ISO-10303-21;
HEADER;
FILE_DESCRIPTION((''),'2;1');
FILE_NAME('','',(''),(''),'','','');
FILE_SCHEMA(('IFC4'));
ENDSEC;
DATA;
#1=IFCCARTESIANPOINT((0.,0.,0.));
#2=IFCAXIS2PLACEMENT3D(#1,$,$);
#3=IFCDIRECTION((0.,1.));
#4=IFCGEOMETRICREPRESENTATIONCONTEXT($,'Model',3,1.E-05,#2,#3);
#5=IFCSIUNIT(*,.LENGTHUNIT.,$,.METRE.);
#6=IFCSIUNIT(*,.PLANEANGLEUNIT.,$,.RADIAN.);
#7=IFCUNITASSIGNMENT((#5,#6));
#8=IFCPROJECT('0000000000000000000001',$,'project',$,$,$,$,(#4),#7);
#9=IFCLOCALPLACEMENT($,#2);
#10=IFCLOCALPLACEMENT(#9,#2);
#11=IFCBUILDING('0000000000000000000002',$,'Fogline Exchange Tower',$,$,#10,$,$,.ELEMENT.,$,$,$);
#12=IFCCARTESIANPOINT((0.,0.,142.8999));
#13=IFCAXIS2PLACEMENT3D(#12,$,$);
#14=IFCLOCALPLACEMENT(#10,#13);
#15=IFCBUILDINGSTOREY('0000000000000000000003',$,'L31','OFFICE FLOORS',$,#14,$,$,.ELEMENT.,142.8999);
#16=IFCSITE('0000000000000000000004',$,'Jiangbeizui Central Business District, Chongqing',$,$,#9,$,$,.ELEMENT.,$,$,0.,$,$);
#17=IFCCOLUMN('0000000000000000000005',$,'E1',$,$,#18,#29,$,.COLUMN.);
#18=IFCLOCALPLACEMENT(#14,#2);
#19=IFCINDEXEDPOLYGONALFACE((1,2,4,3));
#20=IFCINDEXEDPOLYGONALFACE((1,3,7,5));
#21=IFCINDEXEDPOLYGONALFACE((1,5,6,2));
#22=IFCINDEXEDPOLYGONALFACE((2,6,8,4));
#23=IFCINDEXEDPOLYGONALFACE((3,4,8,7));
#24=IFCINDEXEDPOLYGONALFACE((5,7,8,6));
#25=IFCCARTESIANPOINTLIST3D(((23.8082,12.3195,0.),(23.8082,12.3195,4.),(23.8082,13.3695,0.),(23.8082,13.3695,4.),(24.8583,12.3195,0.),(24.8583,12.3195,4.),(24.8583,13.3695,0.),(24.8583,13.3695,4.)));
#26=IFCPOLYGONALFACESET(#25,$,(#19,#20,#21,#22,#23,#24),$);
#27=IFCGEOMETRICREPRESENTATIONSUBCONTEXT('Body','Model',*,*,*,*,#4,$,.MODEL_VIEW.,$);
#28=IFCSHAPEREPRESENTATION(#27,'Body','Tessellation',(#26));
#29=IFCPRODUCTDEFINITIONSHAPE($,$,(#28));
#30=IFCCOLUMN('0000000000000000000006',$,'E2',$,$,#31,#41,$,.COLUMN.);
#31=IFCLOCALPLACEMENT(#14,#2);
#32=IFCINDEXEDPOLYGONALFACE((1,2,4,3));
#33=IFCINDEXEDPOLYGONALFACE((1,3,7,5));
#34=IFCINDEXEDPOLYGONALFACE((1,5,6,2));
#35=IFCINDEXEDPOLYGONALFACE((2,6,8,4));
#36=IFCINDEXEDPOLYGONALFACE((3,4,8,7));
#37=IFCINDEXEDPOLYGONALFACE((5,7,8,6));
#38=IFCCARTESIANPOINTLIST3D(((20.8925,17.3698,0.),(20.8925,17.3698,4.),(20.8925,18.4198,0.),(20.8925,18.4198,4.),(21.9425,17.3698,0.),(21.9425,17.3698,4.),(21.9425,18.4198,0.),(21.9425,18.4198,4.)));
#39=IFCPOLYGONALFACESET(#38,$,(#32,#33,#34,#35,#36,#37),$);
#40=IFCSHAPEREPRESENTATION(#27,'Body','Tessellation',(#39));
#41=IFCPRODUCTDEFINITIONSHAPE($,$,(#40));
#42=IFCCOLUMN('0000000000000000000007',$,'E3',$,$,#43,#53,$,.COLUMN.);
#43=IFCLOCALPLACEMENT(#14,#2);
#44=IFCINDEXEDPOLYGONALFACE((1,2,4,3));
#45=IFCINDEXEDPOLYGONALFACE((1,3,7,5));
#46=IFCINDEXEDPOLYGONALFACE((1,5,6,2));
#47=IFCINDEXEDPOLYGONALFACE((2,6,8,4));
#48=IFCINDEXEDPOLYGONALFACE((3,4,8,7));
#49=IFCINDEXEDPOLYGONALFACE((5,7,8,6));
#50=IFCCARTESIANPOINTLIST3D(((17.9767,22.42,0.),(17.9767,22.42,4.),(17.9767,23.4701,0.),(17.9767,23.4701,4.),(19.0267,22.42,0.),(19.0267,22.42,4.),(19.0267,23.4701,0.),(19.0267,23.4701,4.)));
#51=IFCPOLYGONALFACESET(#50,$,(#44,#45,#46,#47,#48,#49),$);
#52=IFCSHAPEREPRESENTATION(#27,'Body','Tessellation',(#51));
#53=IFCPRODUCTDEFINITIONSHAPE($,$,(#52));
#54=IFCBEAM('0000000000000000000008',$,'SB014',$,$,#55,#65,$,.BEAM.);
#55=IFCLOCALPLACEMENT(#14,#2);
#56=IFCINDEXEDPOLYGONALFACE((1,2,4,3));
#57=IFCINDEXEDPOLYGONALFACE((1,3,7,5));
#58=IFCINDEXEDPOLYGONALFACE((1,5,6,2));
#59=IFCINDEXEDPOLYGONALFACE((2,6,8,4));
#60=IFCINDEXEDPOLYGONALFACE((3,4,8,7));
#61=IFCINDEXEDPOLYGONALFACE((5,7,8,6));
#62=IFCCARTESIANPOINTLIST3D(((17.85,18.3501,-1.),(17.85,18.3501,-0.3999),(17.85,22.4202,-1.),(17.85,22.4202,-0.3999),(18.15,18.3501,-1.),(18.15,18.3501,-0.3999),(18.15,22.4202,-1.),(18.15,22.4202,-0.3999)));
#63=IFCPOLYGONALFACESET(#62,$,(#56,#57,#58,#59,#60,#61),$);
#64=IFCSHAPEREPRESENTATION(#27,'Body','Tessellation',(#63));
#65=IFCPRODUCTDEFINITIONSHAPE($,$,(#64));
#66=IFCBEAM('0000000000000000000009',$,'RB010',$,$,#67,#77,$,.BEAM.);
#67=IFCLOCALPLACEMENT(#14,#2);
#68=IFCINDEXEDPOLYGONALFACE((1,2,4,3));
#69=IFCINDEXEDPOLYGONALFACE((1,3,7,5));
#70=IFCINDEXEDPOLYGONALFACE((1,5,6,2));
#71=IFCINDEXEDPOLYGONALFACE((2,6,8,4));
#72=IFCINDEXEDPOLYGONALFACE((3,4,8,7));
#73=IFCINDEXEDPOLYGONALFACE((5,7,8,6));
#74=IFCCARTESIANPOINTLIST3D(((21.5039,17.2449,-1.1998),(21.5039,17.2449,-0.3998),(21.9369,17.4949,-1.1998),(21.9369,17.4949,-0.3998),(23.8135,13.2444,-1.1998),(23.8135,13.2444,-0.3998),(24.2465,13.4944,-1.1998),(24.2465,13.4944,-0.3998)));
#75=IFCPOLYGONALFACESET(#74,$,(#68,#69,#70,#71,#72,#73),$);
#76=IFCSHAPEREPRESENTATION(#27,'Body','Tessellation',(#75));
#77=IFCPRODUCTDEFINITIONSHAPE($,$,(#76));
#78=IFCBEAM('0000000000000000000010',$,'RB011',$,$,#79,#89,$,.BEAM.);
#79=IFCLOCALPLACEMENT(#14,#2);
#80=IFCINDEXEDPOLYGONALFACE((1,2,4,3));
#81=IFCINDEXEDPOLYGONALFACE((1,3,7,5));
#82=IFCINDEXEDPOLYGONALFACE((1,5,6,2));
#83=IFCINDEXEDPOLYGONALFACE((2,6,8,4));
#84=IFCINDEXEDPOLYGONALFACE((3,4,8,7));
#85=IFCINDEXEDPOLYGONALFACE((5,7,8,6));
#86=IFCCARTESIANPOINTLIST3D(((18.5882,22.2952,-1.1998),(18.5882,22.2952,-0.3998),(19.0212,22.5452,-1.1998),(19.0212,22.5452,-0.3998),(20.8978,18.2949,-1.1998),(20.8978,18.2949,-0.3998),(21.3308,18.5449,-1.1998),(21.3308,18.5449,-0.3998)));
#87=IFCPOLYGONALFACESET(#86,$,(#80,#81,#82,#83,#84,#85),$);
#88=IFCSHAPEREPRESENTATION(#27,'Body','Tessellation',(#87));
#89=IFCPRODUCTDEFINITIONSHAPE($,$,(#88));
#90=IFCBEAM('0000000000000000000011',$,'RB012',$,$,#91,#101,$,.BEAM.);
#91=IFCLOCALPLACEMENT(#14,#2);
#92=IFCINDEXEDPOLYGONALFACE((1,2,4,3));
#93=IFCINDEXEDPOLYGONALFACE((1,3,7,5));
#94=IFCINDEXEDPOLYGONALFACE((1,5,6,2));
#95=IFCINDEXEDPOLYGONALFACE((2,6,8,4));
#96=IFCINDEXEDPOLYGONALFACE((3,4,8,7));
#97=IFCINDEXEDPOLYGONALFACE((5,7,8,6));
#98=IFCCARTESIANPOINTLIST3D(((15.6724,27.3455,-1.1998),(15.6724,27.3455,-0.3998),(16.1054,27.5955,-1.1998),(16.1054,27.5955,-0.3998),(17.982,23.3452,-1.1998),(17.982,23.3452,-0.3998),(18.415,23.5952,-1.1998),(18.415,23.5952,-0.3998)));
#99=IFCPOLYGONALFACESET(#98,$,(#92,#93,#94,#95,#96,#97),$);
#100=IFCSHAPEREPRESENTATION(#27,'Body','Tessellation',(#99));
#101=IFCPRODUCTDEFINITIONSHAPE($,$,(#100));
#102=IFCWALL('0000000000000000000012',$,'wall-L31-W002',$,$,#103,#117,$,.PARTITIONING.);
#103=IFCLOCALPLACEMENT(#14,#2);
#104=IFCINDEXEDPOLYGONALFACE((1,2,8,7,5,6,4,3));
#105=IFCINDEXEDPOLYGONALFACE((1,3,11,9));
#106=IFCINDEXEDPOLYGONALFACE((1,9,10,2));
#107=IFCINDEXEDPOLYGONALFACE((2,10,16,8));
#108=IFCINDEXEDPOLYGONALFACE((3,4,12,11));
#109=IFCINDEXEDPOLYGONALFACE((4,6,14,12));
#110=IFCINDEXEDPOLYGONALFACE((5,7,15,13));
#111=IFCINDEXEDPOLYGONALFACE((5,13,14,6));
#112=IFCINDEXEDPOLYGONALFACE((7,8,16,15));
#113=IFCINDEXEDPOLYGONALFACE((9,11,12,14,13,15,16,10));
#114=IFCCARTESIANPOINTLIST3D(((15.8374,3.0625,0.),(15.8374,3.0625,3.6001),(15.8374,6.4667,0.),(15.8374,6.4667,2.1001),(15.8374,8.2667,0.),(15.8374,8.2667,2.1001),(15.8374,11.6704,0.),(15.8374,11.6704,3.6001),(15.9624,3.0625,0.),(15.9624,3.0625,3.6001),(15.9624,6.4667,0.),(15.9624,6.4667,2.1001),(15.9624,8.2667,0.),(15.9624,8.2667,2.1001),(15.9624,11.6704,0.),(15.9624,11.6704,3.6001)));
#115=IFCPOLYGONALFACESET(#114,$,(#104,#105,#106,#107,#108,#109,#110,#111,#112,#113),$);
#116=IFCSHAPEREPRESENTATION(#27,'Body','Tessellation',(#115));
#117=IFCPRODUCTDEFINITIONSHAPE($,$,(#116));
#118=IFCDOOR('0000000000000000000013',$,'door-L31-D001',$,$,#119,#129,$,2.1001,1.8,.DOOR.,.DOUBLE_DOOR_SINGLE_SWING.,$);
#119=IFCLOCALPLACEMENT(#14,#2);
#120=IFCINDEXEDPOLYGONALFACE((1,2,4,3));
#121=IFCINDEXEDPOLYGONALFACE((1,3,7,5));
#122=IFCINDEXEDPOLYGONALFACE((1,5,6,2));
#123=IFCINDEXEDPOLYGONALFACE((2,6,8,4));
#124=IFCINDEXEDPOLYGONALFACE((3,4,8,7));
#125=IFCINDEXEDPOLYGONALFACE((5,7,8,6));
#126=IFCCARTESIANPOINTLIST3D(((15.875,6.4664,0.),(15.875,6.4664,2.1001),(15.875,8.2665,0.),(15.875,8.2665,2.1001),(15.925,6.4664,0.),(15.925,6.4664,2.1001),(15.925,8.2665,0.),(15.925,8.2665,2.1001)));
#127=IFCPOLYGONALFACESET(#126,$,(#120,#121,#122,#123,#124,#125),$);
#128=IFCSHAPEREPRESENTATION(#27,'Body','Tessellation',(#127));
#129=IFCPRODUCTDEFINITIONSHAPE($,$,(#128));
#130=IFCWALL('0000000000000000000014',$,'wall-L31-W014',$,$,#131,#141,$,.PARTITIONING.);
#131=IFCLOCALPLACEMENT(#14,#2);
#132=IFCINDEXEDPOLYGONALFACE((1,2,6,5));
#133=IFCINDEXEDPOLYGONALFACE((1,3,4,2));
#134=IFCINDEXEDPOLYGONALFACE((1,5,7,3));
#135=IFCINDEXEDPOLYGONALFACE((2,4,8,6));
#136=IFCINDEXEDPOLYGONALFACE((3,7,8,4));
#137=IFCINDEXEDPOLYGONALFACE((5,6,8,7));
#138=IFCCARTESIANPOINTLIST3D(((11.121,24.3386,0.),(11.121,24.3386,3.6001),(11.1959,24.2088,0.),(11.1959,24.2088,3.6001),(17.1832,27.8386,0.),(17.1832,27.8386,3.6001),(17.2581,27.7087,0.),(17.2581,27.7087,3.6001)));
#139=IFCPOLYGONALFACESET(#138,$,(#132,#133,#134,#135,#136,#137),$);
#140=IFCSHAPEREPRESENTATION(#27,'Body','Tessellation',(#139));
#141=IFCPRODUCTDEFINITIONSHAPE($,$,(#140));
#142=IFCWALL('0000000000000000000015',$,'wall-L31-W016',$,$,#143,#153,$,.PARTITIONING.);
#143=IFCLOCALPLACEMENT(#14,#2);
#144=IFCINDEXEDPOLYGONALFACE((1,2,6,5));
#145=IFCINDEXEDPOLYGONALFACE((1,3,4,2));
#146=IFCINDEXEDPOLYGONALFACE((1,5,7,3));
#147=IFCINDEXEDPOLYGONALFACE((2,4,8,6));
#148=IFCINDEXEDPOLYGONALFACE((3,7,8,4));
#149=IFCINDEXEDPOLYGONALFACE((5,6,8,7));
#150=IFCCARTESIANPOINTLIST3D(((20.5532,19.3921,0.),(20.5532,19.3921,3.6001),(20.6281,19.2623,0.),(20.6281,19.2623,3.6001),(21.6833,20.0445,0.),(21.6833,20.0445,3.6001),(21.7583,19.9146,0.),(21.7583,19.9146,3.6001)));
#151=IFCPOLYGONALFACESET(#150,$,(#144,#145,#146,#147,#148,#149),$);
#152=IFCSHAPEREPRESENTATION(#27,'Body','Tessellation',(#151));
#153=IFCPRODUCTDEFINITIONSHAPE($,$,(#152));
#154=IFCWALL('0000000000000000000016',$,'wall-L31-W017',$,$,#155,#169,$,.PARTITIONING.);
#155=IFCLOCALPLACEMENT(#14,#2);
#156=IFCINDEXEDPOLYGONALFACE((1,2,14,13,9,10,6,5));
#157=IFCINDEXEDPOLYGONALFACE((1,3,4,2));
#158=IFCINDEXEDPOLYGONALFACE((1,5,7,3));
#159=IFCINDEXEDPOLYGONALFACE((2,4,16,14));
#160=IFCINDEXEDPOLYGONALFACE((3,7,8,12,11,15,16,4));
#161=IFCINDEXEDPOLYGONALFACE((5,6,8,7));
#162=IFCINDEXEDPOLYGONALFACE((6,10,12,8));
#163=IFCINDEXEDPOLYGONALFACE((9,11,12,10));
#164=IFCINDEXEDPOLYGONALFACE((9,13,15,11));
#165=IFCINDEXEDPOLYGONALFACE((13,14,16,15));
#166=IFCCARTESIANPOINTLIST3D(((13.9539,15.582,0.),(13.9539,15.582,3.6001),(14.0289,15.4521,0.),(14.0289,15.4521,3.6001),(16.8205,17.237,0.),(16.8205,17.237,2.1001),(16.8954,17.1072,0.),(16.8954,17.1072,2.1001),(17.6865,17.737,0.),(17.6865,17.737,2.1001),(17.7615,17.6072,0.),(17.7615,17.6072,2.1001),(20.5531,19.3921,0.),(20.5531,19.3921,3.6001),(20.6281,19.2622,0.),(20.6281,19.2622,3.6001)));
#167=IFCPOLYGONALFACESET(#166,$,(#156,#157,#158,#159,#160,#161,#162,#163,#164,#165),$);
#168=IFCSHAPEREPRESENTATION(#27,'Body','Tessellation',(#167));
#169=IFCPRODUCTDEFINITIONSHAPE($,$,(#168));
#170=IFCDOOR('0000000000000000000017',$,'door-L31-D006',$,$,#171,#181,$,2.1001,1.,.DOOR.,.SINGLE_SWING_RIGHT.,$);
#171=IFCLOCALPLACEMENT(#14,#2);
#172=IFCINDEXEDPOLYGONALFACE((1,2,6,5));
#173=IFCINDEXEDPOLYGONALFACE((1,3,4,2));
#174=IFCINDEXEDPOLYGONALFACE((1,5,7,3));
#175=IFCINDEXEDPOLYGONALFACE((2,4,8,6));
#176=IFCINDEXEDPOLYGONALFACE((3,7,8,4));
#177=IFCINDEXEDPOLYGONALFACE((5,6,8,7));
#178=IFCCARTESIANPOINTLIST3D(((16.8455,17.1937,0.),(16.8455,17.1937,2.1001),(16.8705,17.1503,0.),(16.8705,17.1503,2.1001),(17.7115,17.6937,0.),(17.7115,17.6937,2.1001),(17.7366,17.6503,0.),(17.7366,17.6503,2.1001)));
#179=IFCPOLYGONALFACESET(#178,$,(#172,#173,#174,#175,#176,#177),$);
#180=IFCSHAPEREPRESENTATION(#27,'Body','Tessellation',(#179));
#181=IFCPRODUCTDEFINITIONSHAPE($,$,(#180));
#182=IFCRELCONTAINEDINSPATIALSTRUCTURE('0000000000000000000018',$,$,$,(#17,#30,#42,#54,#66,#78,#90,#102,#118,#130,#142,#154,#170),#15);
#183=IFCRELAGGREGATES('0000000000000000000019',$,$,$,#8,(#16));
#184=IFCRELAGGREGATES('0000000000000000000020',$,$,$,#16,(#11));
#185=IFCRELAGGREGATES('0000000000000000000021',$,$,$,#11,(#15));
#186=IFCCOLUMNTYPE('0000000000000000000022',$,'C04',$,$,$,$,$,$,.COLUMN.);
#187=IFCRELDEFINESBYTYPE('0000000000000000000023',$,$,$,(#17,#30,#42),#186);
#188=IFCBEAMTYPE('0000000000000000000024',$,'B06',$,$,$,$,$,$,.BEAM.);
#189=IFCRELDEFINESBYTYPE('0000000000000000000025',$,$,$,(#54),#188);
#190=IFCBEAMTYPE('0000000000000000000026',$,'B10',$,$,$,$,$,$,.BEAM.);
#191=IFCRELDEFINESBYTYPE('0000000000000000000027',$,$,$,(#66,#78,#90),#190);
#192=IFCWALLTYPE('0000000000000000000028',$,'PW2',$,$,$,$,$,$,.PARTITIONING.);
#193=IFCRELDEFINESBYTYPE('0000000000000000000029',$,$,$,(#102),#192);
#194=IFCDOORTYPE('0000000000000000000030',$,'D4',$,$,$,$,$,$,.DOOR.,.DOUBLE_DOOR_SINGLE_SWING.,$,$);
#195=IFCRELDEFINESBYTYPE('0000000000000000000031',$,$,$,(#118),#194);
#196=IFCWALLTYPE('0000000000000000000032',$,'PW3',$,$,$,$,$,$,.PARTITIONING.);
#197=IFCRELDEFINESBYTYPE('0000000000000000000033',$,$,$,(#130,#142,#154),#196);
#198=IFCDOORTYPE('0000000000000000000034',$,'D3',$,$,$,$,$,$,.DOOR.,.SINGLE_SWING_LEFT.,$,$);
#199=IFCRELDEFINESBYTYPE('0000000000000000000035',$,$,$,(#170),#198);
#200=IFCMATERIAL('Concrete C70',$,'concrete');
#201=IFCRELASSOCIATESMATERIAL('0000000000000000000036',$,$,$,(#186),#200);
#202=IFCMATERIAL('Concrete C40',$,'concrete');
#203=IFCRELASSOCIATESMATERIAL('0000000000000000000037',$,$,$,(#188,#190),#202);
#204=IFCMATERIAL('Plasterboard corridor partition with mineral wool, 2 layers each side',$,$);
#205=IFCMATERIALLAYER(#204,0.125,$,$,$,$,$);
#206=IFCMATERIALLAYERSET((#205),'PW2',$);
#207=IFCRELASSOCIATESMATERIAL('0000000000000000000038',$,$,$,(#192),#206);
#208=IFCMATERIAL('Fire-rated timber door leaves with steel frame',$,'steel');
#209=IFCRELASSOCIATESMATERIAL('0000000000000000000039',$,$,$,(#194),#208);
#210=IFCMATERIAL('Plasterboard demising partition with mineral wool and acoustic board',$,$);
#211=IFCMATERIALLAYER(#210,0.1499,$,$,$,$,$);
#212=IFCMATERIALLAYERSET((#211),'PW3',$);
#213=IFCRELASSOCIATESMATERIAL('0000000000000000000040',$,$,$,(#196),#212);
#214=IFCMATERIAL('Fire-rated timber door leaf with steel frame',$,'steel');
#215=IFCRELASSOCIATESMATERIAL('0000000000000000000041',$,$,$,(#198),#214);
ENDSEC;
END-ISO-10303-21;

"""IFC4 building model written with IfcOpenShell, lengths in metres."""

from ifc_helpers import new_model, si_unit, direction, frame, frame_2d, origin, origin_2d, place, context, subcontext, project, spatial, rectangle, extrude, material, layer, layer_set, material_profile, profile_set, type_object, element, fill, save


model = new_model("IFC4")

# Units and contexts
model_context = context("Model", 3, precision=1e-05, world=origin(), true_north=direction((0.0, 1.0)))
body_context = subcontext(model_context, "Body", "Model", "MODEL_VIEW")
ifc_project = project(units=[si_unit("LENGTHUNIT", "METRE"), si_unit("PLANEANGLEUNIT", "RADIAN")], contexts=[model_context])

# Site, building, storey
site_placement = place(None, origin())
site = spatial("IfcSite", under=ifc_project, at=site_placement, Name="Jiangbeizui Central Business District, Chongqing", CompositionType="ELEMENT", RefElevation=0.0)
building_placement = place(site_placement, origin())
building = spatial("IfcBuilding", under=site, at=building_placement, Name="Fogline Exchange Tower", CompositionType="ELEMENT")
storey_placement = place(building_placement, frame((0.0, 0.0, 142.8999)))
storey = spatial("IfcBuildingStorey", under=building, at=storey_placement, Name="L31", Description="OFFICE FLOORS", CompositionType="ELEMENT", Elevation=142.8999)

# Columns
ifc_material_1 = material(Name="Concrete C70", Category="concrete")
ifc_material_profile_1 = material_profile(ifc_material_1, rectangle(XDim=1.05, YDim=1.05, at=origin_2d()), Name="RC 1050x1050")
ifc_profile_set_1 = profile_set([ifc_material_profile_1], Name="Concrete C70")
column_type = type_object("IfcColumnType", Name="C04", PredefinedType="COLUMN", material=ifc_profile_set_1)
for number, where, z_axis, x_axis, name in (
    (1, (24.3333, 12.8445, 0.0), (0.0, 0.0, 1.0), (1.0, 0.0, 0.0), "E1"),
    (2, (21.4175, 17.8948, 0.0), (0.0, 0.0, 1.0), (1.0, 0.0, 0.0), "E2"),
    (3, (18.5017, 22.9451, 0.0), (0.0, 0.0, 1.0), (1.0, 0.0, 0.0), "E3"),
):
    element("IfcColumn", number, at=place(storey_placement, frame(where, z_axis=z_axis, x_axis=x_axis)), inside=storey, type_object=column_type, Name=name, PredefinedType="COLUMN", context=body_context, shape_type="SweptSolid", body=[
        extrude(rectangle(XDim=1.05, YDim=1.05, at=origin_2d()), origin(), (0.0, 0.0, 1.0), 4.0),
    ])

# Beams
ifc_material_2 = material(Name="Concrete C40", Category="concrete")
ifc_material_profile_2 = material_profile(ifc_material_2, rectangle(XDim=0.3, YDim=0.6001, at=origin_2d()), Name="RC 300x600")
ifc_profile_set_2 = profile_set([ifc_material_profile_2], Name="Concrete C40")
beam_type_1 = type_object("IfcBeamType", Name="B06", PredefinedType="BEAM", material=ifc_profile_set_2)
beam_1_placement = place(storey_placement, frame((18.0, 18.3501, -0.7), z_axis=(0.0, 1.0, 0.0), x_axis=(-1.0, 0.0, 0.0)))
element("IfcBeam", 4, at=beam_1_placement, inside=storey, type_object=beam_type_1, Name="SB014", PredefinedType="BEAM", context=body_context, shape_type="SweptSolid", body=[
    extrude(rectangle(XDim=0.3, YDim=0.6001, at=origin_2d()), origin(), (0.0, 0.0, 1.0), 4.0701),
])
ifc_material_profile_3 = material_profile(ifc_material_2, rectangle(XDim=0.5, YDim=0.8, at=origin_2d()), Name="RC 500x800")
ifc_profile_set_3 = profile_set([ifc_material_profile_3], Name="Concrete C40")
beam_type_2 = type_object("IfcBeamType", Name="B10", PredefinedType="BEAM", material=ifc_profile_set_3)
beam_2_placement = place(storey_placement, frame((24.03, 13.3694, -0.7998), z_axis=(-0.499982, 0.866036, 0.0), x_axis=(-0.866036, -0.499982, 0.0)))
element("IfcBeam", 5, at=beam_2_placement, inside=storey, type_object=beam_type_2, Name="RB010", PredefinedType="BEAM", context=body_context, shape_type="SweptSolid", body=[
    extrude(rectangle(XDim=0.5, YDim=0.8, at=origin_2d()), origin(), (0.0, 0.0, 1.0), 4.6194),
])
for number, where, z_axis, x_axis, name in (
    (6, (21.1143, 18.4199, -0.7998), (-0.500005, 0.866023, 0.0), (-0.866023, -0.500005, 0.0), "RB011"),
    (7, (18.1985, 23.4702, -0.7998), (-0.500005, 0.866023, 0.0), (-0.866023, -0.500005, 0.0), "RB012"),
):
    element("IfcBeam", number, at=place(storey_placement, frame(where, z_axis=z_axis, x_axis=x_axis)), inside=storey, type_object=beam_type_2, Name=name, PredefinedType="BEAM", context=body_context, shape_type="SweptSolid", body=[
        extrude(rectangle(XDim=0.5, YDim=0.8, at=origin_2d()), origin(), (0.0, 0.0, 1.0), 4.6191),
    ])

# Wall, opening, door
ifc_material_3 = material(Name="Plasterboard corridor partition with mineral wool, 2 layers each side")
ifc_layer_1 = layer(ifc_material_3, 0.125)
ifc_layer_set_1 = layer_set([ifc_layer_1], Name="PW2")
wall_type_1 = type_object("IfcWallType", Name="PW2", PredefinedType="PARTITIONING", material=ifc_layer_set_1)
wall_1_placement = place(storey_placement, frame((15.8999, 11.6704, 0.0), z_axis=(0.0, 0.0, 1.0), x_axis=(0.0, -1.0, 0.0)))
wall_1 = element("IfcWall", 8, at=wall_1_placement, inside=storey, type_object=wall_type_1, Name="wall-L31-W002", PredefinedType="PARTITIONING", context=body_context, shape_type="SweptSolid", body=[
    extrude(rectangle(XDim=8.6079, YDim=0.125, at=frame_2d((4.304, 0.0))), origin(), (0.0, 0.0, 1.0), 3.6001),
])
opening_1_placement = place(wall_1_placement, frame((3.4038, 0.0, 0.0)))
opening_1 = element("IfcOpeningElement", 9, at=opening_1_placement, cuts=wall_1, PredefinedType="OPENING", context=body_context, shape_type="SweptSolid", body=[
    extrude(rectangle(XDim=1.8, YDim=2.1001, at=frame_2d((0.8999, 1.05))), frame((0.0, 0.0725, 0.0), z_axis=(0.0, -1.0, 0.0), x_axis=(1.0, 0.0, 0.0)), (0.0, 0.0, 1.0), 0.145),
])
ifc_material_4 = material(Name="Fire-rated timber door leaves with steel frame", Category="steel")
door_type_1 = type_object("IfcDoorType", Name="D4", OperationType="DOUBLE_DOOR_SINGLE_SWING", PredefinedType="DOOR", material=ifc_material_4)
door_1_placement = place(opening_1_placement, frame((1.8, 0.0, 0.0), z_axis=(0.0, 0.0, 1.0), x_axis=(-1.0, 0.0, 0.0)))
door_1 = element("IfcDoor", 10, at=door_1_placement, inside=storey, type_object=door_type_1, Name="door-L31-D001", OperationType="DOUBLE_DOOR_SINGLE_SWING", OverallHeight=2.1001, OverallWidth=1.8, PredefinedType="DOOR", context=body_context, shape_type="SweptSolid", body=[
    extrude(rectangle(XDim=1.8, YDim=2.1001, at=frame_2d((0.8999, 1.05))), frame((0.0, 0.0249, 0.0), z_axis=(0.0, -1.0, 0.0), x_axis=(1.0, 0.0, 0.0)), (0.0, 0.0, 1.0), 0.05),
])
fill(opening_1, door_1)

# Walls
ifc_material_5 = material(Name="Plasterboard demising partition with mineral wool and acoustic board")
ifc_layer_2 = layer(ifc_material_5, 0.1499)
ifc_layer_set_2 = layer_set([ifc_layer_2], Name="PW3")
wall_type_2 = type_object("IfcWallType", Name="PW3", PredefinedType="PARTITIONING", material=ifc_layer_set_2)
wall_2_placement = place(storey_placement, frame((11.1584, 24.2737, 0.0), z_axis=(0.0, 0.0, 1.0), x_axis=(0.866028, 0.499995, 0.0)))
element("IfcWall", 11, at=wall_2_placement, inside=storey, type_object=wall_type_2, Name="wall-L31-W014", PredefinedType="PARTITIONING", context=body_context, shape_type="SweptSolid", body=[
    extrude(rectangle(XDim=7.0, YDim=0.1499, at=frame_2d((3.5, 0.0))), origin(), (0.0, 0.0, 1.0), 3.6001),
])
wall_3_placement = place(storey_placement, frame((21.7207, 19.9795, 0.0), z_axis=(0.0, 0.0, 1.0), x_axis=(-0.86607, -0.499922, 0.0)))
element("IfcWall", 12, at=wall_3_placement, inside=storey, type_object=wall_type_2, Name="wall-L31-W016", PredefinedType="PARTITIONING", context=body_context, shape_type="SweptSolid", body=[
    extrude(rectangle(XDim=1.3049, YDim=0.1499, at=frame_2d((0.6523, 0.0))), origin(), (0.0, 0.0, 1.0), 3.6001),
])

# Wall, opening, door
wall_4_placement = place(storey_placement, frame((20.5906, 19.3271, 0.0), z_axis=(0.0, 0.0, 1.0), x_axis=(-0.866022, -0.500005, 0.0)))
wall_4 = element("IfcWall", 13, at=wall_4_placement, inside=storey, type_object=wall_type_2, Name="wall-L31-W017", PredefinedType="PARTITIONING", context=body_context, shape_type="SweptSolid", body=[
    extrude(rectangle(XDim=7.6201, YDim=0.1499, at=frame_2d((3.8101, 0.0))), origin(), (0.0, 0.0, 1.0), 3.6001),
])
opening_2_placement = place(wall_4_placement, frame((3.3101, 0.0, 0.0)))
opening_2 = element("IfcOpeningElement", 14, at=opening_2_placement, cuts=wall_4, PredefinedType="OPENING", context=body_context, shape_type="SweptSolid", body=[
    extrude(rectangle(XDim=1.0, YDim=2.1001, at=frame_2d((0.5, 1.05))), frame((0.0, 0.085, 0.0), z_axis=(0.0, -1.0, 0.0), x_axis=(1.0, 0.0, 0.0)), (0.0, 0.0, 1.0), 0.1699),
])
ifc_material_6 = material(Name="Fire-rated timber door leaf with steel frame", Category="steel")
door_type_2 = type_object("IfcDoorType", Name="D3", OperationType="SINGLE_SWING_LEFT", PredefinedType="DOOR", material=ifc_material_6)
door_2_placement = place(opening_2_placement, frame((1.0, 0.0, 0.0), z_axis=(0.0, 0.0, 1.0), x_axis=(-1.0, 0.0, 0.0)))
door_2 = element("IfcDoor", 15, at=door_2_placement, inside=storey, type_object=door_type_2, Name="door-L31-D006", OperationType="SINGLE_SWING_RIGHT", OverallHeight=2.1001, OverallWidth=1.0, PredefinedType="DOOR", context=body_context, shape_type="SweptSolid", body=[
    extrude(rectangle(XDim=1.0, YDim=2.1001, at=frame_2d((0.5, 1.05))), frame((0.0, 0.0249, 0.0), z_axis=(0.0, -1.0, 0.0), x_axis=(1.0, 0.0, 0.0)), (0.0, 0.0, 1.0), 0.05),
])
fill(opening_2, door_2)

save(model, "model.ifc")
